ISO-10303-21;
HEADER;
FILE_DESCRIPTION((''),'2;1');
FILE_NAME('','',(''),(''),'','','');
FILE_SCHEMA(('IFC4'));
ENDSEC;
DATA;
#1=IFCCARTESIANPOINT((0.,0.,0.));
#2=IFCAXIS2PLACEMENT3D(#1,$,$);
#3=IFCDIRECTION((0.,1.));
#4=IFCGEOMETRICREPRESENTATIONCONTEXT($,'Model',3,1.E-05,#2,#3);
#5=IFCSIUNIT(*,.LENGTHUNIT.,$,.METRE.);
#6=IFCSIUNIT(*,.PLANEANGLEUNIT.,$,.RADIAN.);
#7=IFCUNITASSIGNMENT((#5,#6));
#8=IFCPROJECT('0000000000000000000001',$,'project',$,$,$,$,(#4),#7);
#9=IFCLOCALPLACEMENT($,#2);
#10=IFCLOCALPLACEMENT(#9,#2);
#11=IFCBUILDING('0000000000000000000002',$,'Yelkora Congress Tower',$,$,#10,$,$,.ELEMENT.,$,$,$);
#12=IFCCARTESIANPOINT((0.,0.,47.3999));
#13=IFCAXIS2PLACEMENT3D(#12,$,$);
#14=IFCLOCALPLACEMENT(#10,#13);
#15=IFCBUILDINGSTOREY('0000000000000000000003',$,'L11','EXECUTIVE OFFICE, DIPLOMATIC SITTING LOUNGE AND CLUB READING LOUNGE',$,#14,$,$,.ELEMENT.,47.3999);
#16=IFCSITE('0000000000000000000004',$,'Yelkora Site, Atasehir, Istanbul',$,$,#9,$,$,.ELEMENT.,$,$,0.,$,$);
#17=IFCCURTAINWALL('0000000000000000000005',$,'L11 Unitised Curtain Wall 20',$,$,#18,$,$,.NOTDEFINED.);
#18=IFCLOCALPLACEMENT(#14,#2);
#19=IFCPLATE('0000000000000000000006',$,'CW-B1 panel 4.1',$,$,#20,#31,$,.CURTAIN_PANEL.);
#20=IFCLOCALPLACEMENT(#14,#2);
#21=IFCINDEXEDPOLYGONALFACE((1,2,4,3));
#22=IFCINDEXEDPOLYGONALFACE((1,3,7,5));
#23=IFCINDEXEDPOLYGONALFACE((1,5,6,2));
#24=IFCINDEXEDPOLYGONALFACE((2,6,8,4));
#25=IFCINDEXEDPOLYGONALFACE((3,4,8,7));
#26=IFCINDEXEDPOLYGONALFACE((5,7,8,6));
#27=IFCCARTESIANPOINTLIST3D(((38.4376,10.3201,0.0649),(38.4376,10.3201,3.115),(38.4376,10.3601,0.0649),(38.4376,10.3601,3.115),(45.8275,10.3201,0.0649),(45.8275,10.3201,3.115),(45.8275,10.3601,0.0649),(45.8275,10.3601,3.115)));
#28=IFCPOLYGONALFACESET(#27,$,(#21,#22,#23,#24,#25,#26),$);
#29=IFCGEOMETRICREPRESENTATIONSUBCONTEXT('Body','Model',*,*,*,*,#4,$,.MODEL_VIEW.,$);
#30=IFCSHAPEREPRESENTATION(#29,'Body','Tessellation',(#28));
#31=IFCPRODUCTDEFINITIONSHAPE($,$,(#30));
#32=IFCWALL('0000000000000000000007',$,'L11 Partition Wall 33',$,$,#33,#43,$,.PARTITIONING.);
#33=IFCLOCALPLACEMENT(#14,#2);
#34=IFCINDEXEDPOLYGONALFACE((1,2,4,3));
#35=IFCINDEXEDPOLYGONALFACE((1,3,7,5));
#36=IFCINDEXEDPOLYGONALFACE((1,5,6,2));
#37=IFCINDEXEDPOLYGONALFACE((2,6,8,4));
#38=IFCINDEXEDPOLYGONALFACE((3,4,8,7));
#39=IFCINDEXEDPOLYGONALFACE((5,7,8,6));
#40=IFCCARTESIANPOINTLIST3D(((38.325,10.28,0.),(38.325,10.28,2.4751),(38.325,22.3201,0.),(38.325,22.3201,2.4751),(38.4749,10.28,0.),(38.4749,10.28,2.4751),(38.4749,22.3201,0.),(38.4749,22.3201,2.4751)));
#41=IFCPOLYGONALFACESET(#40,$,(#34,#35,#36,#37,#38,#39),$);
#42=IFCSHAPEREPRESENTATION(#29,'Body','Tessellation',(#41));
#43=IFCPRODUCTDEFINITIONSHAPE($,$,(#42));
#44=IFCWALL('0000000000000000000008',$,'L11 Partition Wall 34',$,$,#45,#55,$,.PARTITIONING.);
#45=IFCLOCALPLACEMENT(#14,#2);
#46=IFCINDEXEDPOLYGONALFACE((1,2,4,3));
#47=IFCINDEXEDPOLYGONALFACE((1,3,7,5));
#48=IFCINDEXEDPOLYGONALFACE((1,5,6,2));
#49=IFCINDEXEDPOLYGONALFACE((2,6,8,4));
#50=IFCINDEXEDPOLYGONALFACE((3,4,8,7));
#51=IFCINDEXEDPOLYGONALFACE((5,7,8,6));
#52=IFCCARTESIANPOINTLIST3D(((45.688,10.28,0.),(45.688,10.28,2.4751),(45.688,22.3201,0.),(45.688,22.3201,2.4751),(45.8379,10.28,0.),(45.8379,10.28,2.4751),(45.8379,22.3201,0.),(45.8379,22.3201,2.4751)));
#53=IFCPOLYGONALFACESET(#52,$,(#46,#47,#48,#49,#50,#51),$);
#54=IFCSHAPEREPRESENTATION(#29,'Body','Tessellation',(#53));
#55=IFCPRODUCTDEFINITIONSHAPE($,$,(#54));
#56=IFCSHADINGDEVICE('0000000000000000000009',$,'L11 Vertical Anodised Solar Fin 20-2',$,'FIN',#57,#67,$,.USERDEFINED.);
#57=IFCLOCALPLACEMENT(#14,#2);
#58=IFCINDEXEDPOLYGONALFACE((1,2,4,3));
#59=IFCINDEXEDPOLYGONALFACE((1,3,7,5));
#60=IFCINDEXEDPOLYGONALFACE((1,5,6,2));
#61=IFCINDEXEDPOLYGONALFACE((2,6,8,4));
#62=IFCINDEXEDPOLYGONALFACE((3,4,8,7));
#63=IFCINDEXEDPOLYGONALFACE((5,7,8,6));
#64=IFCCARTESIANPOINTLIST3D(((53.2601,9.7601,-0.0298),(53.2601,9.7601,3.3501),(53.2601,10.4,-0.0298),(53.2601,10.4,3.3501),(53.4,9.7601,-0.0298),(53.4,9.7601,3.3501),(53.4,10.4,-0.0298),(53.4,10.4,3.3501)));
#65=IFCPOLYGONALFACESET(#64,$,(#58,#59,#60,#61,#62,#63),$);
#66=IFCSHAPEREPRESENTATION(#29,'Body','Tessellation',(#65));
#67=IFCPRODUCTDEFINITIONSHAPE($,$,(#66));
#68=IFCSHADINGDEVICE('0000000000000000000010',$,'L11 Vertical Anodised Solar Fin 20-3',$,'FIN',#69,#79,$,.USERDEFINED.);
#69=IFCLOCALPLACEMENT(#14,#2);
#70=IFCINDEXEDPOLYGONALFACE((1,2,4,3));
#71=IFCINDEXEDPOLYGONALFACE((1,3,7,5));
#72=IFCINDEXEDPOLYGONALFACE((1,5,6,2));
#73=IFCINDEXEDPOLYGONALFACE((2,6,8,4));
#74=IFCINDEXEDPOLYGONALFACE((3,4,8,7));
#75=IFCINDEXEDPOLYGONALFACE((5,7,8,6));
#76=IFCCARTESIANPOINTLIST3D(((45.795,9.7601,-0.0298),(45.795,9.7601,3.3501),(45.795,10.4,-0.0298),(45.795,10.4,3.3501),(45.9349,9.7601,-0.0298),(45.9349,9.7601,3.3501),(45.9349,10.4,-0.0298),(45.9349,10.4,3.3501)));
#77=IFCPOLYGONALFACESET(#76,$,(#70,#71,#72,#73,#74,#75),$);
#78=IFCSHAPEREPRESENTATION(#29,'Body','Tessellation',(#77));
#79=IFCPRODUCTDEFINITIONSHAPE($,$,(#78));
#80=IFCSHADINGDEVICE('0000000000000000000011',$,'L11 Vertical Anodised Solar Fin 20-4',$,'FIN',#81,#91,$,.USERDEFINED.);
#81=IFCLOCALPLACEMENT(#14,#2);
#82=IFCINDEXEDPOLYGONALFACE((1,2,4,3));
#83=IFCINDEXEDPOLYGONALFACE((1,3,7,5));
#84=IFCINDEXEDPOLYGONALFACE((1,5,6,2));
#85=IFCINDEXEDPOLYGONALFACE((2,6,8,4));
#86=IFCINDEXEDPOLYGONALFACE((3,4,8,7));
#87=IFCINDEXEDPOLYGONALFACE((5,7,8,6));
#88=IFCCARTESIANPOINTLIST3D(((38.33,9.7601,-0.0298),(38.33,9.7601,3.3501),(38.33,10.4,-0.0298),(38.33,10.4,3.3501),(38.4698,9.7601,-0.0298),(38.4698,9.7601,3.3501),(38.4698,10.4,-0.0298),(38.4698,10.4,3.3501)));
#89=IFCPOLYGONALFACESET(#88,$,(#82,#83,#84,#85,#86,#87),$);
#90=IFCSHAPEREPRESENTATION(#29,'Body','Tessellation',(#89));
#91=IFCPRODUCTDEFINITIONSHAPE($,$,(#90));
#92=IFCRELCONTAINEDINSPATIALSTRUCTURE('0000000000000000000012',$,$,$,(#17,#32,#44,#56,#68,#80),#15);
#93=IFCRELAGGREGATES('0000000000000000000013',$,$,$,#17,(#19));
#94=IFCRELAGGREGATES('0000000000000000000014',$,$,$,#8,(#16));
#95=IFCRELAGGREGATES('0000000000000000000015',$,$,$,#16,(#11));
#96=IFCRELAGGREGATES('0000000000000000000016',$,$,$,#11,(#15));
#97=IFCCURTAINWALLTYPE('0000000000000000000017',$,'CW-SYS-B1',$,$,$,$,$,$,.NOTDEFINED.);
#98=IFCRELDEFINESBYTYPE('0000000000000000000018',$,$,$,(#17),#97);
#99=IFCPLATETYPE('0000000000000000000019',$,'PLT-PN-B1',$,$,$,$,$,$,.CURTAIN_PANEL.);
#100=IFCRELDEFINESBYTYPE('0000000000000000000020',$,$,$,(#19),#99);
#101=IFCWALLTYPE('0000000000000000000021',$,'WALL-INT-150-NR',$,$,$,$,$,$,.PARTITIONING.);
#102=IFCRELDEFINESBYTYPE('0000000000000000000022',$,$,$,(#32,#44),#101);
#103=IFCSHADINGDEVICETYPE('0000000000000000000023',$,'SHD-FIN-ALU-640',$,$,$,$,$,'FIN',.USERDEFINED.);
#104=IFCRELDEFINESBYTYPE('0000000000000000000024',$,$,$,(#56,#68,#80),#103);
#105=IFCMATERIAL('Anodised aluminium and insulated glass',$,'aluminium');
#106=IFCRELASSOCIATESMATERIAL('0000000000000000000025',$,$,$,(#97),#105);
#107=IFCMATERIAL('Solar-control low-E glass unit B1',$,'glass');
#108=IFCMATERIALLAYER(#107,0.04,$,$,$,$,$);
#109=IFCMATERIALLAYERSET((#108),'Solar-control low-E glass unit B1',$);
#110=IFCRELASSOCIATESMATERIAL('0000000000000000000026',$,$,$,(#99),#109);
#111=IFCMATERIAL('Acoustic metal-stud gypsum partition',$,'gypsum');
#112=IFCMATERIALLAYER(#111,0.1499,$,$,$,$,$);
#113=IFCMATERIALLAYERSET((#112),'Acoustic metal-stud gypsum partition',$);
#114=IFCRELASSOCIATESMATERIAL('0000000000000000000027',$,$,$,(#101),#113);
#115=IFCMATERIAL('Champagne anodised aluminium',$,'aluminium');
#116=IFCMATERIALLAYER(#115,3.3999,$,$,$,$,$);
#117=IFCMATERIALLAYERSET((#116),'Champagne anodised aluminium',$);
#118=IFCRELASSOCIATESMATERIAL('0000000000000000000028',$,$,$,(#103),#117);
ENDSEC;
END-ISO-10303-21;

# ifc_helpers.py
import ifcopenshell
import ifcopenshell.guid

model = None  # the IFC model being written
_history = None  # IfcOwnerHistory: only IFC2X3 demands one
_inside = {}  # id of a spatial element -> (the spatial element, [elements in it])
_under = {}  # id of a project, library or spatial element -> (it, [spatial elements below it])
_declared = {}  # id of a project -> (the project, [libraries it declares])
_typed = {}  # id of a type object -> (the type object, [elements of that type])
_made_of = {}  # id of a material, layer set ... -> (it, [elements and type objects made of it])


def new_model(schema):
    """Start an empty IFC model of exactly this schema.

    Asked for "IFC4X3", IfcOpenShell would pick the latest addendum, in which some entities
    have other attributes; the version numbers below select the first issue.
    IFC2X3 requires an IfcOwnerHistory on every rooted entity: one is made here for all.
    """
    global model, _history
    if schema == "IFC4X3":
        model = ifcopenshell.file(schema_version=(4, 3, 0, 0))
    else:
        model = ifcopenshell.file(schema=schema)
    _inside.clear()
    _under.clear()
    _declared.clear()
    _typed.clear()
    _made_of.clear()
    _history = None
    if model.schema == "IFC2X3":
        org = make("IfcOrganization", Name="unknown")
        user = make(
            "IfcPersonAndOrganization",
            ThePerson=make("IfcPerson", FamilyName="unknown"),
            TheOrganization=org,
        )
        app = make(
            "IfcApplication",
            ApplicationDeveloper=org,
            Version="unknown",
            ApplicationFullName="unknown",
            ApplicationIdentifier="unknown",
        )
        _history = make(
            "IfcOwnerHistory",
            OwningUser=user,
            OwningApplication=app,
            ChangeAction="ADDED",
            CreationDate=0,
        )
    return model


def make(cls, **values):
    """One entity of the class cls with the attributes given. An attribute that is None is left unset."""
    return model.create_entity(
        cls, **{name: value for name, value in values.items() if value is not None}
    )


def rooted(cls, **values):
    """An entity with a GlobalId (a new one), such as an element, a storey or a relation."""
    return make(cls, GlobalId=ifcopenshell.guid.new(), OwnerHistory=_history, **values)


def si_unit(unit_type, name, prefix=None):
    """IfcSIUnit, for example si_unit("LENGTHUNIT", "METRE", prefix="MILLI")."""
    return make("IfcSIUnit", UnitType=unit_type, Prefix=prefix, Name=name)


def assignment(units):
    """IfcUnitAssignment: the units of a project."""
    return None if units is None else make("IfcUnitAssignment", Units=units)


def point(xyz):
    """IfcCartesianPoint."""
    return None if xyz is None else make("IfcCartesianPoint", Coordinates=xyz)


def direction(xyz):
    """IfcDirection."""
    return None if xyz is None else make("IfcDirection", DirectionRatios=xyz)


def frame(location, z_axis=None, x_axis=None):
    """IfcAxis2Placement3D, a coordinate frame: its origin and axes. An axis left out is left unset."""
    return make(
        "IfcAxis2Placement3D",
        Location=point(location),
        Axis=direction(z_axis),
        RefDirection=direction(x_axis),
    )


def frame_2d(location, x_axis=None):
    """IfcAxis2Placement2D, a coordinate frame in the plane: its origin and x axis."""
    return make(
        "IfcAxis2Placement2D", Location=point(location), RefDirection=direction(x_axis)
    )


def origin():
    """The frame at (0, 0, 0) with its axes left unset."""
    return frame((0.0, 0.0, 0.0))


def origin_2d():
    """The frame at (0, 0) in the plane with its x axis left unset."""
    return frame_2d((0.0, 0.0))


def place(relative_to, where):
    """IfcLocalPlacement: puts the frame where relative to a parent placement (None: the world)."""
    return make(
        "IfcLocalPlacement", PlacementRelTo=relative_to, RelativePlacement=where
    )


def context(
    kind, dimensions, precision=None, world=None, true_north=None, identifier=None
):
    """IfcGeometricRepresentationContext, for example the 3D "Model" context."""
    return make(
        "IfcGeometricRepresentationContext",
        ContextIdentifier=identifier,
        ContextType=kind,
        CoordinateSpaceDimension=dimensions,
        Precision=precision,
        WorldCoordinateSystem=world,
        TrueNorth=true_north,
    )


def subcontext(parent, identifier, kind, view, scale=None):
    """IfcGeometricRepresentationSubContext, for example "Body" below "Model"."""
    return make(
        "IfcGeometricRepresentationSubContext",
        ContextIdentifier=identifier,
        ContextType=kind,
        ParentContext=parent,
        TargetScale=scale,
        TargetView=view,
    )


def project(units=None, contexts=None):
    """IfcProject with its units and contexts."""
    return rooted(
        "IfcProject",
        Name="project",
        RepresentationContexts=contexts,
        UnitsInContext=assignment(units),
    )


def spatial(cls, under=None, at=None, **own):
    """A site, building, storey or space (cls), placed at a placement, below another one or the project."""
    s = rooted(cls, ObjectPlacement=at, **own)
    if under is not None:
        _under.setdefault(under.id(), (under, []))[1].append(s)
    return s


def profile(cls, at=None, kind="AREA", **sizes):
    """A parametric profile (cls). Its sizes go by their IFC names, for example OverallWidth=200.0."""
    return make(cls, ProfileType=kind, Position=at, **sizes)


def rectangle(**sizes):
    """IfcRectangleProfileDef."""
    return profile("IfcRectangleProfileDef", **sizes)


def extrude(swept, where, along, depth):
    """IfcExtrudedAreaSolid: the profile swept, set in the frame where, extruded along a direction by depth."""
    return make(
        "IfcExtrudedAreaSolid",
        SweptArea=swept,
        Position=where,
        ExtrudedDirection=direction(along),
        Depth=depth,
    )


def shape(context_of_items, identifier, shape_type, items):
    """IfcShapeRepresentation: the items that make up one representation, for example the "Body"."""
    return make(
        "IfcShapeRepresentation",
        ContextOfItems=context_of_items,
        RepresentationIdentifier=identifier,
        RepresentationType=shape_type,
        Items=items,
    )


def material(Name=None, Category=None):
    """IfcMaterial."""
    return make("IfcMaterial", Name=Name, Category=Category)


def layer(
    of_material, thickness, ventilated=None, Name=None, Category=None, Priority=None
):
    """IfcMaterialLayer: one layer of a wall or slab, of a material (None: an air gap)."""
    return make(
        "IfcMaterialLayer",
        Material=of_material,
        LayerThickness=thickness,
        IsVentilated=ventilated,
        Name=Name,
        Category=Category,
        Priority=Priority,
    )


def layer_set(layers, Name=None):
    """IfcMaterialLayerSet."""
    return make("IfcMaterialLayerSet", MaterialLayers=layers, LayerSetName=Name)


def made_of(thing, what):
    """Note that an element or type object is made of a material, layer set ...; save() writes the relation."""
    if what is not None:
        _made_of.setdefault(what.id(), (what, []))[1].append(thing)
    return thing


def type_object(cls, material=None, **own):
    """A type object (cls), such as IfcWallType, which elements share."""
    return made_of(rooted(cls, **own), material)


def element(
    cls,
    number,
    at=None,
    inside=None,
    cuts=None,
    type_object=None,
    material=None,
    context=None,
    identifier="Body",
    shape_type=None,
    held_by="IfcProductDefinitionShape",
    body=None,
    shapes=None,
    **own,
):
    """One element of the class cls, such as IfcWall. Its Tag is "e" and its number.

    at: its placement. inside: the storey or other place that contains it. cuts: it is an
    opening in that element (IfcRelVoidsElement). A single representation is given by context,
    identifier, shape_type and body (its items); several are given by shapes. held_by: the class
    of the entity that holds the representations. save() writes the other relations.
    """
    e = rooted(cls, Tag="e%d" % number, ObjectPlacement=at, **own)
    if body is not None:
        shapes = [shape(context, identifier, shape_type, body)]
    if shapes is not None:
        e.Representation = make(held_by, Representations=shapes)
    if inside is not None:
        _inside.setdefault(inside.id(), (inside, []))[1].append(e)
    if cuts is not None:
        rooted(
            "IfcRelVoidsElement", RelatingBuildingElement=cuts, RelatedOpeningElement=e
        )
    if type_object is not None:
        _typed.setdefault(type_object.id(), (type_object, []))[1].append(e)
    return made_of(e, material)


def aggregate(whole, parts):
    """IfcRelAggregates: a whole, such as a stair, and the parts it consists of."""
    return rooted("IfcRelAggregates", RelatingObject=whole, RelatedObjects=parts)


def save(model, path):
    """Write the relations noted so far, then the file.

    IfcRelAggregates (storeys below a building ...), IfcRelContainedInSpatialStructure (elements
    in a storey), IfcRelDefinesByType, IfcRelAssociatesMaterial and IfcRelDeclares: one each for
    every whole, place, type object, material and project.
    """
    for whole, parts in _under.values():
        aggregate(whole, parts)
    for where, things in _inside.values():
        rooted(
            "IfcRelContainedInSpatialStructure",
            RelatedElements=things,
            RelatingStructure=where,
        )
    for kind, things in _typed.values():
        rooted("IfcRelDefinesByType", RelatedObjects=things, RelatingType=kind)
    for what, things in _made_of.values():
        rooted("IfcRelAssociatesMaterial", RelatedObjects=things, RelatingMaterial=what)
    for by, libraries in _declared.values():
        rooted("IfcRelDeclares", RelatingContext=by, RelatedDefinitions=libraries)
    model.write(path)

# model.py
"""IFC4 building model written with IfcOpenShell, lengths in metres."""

from ifc_helpers import new_model, si_unit, direction, frame, frame_2d, origin, origin_2d, place, context, subcontext, project, spatial, rectangle, extrude, material, layer, layer_set, type_object, element, aggregate, save


model = new_model("IFC4")

# Units and contexts
model_context = context("Model", 3, precision=1e-05, world=origin(), true_north=direction((0.0, 1.0)))
body_context = subcontext(model_context, "Body", "Model", "MODEL_VIEW")
ifc_project = project(units=[si_unit("LENGTHUNIT", "METRE"), si_unit("PLANEANGLEUNIT", "RADIAN")], contexts=[model_context])

# Site, building, storey
site_placement = place(None, origin())
site = spatial("IfcSite", under=ifc_project, at=site_placement, Name="Yelkora Site, Atasehir, Istanbul", CompositionType="ELEMENT", RefElevation=0.0)
building_placement = place(site_placement, origin())
building = spatial("IfcBuilding", under=site, at=building_placement, Name="Yelkora Congress Tower", CompositionType="ELEMENT")
storey_placement = place(building_placement, frame((0.0, 0.0, 47.3999)))
storey = spatial("IfcBuildingStorey", under=building, at=storey_placement, Name="L11", Description="EXECUTIVE OFFICE, DIPLOMATIC SITTING LOUNGE AND CLUB READING LOUNGE", CompositionType="ELEMENT", Elevation=47.3999)

# Curtain wall, plate
ifc_material_1 = material(Name="Anodised aluminium and insulated glass", Category="aluminium")
curtain_wall_type = type_object("IfcCurtainWallType", Name="CW-SYS-B1", PredefinedType="NOTDEFINED", material=ifc_material_1)
curtain_wall_placement = place(storey_placement, origin())
curtain_wall = element("IfcCurtainWall", 1, at=curtain_wall_placement, inside=storey, type_object=curtain_wall_type, Name="L11 Unitised Curtain Wall 20", PredefinedType="NOTDEFINED")
ifc_material_2 = material(Name="Solar-control low-E glass unit B1", Category="glass")
ifc_layer_1 = layer(ifc_material_2, 0.04)
ifc_layer_set_1 = layer_set([ifc_layer_1], Name="Solar-control low-E glass unit B1")
plate_type = type_object("IfcPlateType", Name="PLT-PN-B1", PredefinedType="CURTAIN_PANEL", material=ifc_layer_set_1)
plate_1_placement = place(storey_placement, frame((42.1326, 10.3401, 0.0649), z_axis=(0.0, 0.0, 1.0), x_axis=(-1.0, 0.0, 0.0)))
plate_1 = element("IfcPlate", 2, at=plate_1_placement, type_object=plate_type, Name="CW-B1 panel 4.1", PredefinedType="CURTAIN_PANEL", context=body_context, shape_type="SweptSolid", body=[
    extrude(rectangle(XDim=7.3899, YDim=0.04, at=origin_2d()), origin(), (0.0, 0.0, 1.0), 3.05),
])
aggregate(curtain_wall, [plate_1])

# Walls
ifc_material_3 = material(Name="Acoustic metal-stud gypsum partition", Category="gypsum")
ifc_layer_2 = layer(ifc_material_3, 0.1499)
ifc_layer_set_2 = layer_set([ifc_layer_2], Name="Acoustic metal-stud gypsum partition")
wall_type = type_object("IfcWallType", Name="WALL-INT-150-NR", PredefinedType="PARTITIONING", material=ifc_layer_set_2)
for number, where, z_axis, x_axis, name in (
    (3, (38.3999, 10.28, 0.0), (0.0, 0.0, 1.0), (0.0, 1.0, 0.0), "L11 Partition Wall 33"),
    (4, (45.7629, 10.28, 0.0), (0.0, 0.0, 1.0), (0.0, 1.0, 0.0), "L11 Partition Wall 34"),
):
    element("IfcWall", number, at=place(storey_placement, frame(where, z_axis=z_axis, x_axis=x_axis)), inside=storey, type_object=wall_type, Name=name, PredefinedType="PARTITIONING", context=body_context, shape_type="SweptSolid", body=[
        extrude(rectangle(XDim=12.04, YDim=0.1499, at=frame_2d((6.02, 0.0))), origin(), (0.0, 0.0, 1.0), 2.4751),
    ])

# Shading devices
ifc_material_4 = material(Name="Champagne anodised aluminium", Category="aluminium")
ifc_layer_3 = layer(ifc_material_4, 3.3999)
ifc_layer_set_3 = layer_set([ifc_layer_3], Name="Champagne anodised aluminium")
shading_device_type = type_object("IfcShadingDeviceType", Name="SHD-FIN-ALU-640", ElementType="FIN", PredefinedType="USERDEFINED", material=ifc_layer_set_3)
for number, where, z_axis, x_axis, name in (
    (5, (53.3301, 10.0801, -0.0298), (0.0, 0.0, 1.0), (-1.0, 0.0, 0.0), "L11 Vertical Anodised Solar Fin 20-2"),
    (6, (45.865, 10.0801, -0.0298), (0.0, 0.0, 1.0), (-1.0, 0.0, 0.0), "L11 Vertical Anodised Solar Fin 20-3"),
    (7, (38.3999, 10.0801, -0.0298), (0.0, 0.0, 1.0), (-1.0, 0.0, 0.0), "L11 Vertical Anodised Solar Fin 20-4"),
):
    element("IfcShadingDevice", number, at=place(storey_placement, frame(where, z_axis=z_axis, x_axis=x_axis)), inside=storey, type_object=shading_device_type, Name=name, ObjectType="FIN", PredefinedType="USERDEFINED", context=body_context, shape_type="SweptSolid", body=[
        extrude(rectangle(XDim=0.1399, YDim=0.6399, at=origin_2d()), origin(), (0.0, 0.0, 1.0), 3.3799),
    ])

save(model, "model.ifc")
